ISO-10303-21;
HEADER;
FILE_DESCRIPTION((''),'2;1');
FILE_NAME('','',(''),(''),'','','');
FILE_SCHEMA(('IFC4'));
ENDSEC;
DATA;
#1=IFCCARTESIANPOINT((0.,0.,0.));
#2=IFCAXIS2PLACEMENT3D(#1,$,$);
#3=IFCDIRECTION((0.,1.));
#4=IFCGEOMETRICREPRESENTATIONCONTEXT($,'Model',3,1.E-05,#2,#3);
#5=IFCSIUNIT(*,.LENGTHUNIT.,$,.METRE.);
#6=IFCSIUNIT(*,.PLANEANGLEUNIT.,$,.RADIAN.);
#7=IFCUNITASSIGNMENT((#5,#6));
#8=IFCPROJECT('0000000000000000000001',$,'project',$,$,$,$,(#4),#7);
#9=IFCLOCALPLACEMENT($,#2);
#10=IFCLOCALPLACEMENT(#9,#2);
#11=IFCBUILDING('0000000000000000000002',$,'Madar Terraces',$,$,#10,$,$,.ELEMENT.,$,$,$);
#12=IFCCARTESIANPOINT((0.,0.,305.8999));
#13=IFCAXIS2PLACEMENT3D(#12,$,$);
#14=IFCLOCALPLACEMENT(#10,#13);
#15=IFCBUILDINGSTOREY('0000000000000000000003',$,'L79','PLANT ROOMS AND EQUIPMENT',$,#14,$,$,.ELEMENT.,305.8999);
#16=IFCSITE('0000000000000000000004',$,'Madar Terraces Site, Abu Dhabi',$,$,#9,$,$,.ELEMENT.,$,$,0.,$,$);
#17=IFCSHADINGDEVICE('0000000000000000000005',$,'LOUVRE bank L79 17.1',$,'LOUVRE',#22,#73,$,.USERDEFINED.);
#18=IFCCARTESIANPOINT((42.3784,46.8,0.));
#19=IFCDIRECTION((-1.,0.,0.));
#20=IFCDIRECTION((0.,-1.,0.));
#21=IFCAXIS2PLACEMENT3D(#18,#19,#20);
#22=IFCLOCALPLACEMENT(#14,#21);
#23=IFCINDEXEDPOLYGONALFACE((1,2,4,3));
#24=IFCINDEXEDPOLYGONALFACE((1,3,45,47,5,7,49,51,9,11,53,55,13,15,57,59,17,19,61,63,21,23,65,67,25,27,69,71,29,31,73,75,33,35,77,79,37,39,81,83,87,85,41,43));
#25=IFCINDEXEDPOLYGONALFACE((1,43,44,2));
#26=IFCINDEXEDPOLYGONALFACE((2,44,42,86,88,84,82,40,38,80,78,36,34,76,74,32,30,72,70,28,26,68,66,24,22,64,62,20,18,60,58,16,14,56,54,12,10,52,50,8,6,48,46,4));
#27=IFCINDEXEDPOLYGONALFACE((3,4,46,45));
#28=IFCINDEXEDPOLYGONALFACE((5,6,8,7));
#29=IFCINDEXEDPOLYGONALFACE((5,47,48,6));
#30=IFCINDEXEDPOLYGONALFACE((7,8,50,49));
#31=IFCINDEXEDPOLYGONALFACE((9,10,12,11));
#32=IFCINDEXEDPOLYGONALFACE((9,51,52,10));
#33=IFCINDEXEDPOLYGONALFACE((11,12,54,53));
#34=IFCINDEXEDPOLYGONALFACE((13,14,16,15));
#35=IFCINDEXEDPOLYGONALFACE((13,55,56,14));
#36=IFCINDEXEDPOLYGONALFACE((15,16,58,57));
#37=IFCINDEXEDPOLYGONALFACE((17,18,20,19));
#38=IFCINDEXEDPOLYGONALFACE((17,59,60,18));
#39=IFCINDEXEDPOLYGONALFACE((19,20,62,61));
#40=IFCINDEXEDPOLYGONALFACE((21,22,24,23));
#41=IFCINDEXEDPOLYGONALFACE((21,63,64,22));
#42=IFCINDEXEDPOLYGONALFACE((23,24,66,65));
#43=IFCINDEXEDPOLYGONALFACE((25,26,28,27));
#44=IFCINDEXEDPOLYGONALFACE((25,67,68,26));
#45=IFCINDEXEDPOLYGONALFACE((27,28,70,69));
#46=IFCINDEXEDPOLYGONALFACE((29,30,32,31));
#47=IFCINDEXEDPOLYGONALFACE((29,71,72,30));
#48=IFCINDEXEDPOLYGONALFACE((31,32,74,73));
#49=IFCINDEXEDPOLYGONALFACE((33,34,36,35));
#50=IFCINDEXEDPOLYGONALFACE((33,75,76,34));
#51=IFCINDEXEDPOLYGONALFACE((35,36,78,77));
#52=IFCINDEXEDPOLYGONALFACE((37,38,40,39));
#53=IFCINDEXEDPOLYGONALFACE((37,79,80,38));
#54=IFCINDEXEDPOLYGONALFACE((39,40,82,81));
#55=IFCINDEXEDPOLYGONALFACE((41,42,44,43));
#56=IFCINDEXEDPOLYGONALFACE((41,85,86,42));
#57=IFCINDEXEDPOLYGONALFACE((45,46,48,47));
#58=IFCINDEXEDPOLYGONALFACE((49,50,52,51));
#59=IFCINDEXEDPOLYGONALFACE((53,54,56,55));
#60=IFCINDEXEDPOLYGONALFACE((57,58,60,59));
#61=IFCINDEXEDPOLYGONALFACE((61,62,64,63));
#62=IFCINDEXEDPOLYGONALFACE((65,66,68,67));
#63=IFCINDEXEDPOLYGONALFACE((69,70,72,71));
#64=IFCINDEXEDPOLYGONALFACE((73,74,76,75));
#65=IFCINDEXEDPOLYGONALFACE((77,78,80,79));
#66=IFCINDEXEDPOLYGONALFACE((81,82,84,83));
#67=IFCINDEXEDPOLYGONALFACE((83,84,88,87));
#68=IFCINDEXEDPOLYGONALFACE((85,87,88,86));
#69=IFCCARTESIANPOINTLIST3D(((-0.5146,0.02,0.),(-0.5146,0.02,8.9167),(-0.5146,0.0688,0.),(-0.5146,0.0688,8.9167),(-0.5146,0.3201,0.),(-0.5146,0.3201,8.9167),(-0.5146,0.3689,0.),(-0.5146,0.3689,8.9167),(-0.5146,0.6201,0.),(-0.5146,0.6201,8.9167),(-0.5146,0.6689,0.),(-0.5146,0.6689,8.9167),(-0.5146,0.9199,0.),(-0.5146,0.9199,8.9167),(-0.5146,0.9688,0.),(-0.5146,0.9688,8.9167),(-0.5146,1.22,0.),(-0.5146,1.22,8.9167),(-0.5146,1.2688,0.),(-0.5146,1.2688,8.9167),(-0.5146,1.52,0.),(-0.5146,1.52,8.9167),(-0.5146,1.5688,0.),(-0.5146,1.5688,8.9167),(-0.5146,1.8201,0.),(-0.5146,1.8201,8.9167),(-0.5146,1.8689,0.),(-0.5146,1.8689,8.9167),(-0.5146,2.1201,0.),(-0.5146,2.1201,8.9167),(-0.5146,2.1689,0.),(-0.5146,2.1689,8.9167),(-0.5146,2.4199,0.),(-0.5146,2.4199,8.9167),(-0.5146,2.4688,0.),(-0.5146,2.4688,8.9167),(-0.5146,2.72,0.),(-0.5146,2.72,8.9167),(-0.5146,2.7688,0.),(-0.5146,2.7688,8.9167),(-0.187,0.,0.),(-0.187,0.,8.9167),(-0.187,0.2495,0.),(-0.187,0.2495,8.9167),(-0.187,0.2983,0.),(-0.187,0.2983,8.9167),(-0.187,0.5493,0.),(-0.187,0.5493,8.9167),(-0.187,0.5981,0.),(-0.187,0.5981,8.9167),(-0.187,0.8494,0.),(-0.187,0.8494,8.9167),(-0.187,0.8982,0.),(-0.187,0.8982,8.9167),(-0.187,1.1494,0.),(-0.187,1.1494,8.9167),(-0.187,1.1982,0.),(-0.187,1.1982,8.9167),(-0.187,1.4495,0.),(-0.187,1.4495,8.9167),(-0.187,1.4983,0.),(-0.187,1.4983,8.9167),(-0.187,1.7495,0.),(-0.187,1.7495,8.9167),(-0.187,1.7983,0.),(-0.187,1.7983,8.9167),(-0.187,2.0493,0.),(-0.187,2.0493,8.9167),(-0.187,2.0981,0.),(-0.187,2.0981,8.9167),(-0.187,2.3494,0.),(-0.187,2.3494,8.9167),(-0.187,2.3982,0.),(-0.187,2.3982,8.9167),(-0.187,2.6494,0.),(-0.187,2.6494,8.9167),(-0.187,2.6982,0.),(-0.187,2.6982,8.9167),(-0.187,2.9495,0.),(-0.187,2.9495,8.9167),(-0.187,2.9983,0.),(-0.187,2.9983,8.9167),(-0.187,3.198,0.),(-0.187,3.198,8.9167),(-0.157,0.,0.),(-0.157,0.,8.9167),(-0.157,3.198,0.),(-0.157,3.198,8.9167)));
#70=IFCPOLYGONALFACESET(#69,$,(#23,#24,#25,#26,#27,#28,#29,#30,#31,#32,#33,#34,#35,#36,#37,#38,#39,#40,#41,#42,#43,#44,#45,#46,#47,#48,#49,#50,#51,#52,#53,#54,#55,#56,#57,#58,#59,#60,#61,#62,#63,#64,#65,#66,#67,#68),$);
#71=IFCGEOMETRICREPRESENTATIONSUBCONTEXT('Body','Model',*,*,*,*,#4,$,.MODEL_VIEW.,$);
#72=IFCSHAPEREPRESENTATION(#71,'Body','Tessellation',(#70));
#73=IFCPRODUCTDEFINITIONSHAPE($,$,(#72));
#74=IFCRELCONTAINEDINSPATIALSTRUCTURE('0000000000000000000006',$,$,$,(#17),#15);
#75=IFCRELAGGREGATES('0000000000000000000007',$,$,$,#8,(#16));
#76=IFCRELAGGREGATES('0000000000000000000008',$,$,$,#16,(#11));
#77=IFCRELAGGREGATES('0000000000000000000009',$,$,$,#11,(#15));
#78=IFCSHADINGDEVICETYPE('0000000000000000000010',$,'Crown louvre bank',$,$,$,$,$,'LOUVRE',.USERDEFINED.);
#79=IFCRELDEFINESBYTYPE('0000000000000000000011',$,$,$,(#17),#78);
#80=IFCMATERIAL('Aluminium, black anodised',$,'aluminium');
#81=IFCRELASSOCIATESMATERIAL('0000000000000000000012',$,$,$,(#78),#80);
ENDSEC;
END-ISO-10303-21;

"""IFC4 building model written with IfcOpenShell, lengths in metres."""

from ifc_helpers import new_model, si_unit, direction, frame, origin, place, context, subcontext, project, spatial, polyline, outline, extrude, material, type_object, element, save


model = new_model("IFC4")

# Units and contexts
model_context = context("Model", 3, precision=1e-05, world=origin(), true_north=direction((0.0, 1.0)))
body_context = subcontext(model_context, "Body", "Model", "MODEL_VIEW")
ifc_project = project(units=[si_unit("LENGTHUNIT", "METRE"), si_unit("PLANEANGLEUNIT", "RADIAN")], contexts=[model_context])

# Site, building, storey
site_placement = place(None, origin())
site = spatial("IfcSite", under=ifc_project, at=site_placement, Name="Madar Terraces Site, Abu Dhabi", CompositionType="ELEMENT", RefElevation=0.0)
building_placement = place(site_placement, origin())
building = spatial("IfcBuilding", under=site, at=building_placement, Name="Madar Terraces", CompositionType="ELEMENT")
storey_placement = place(building_placement, frame((0.0, 0.0, 305.8999)))
storey = spatial("IfcBuildingStorey", under=building, at=storey_placement, Name="L79", Description="PLANT ROOMS AND EQUIPMENT", CompositionType="ELEMENT", Elevation=305.8999)

# Shading device
ifc_material_1 = material(Name="Aluminium, black anodised", Category="aluminium")
shading_device_type = type_object("IfcShadingDeviceType", Name="Crown louvre bank", ElementType="LOUVRE", PredefinedType="USERDEFINED", material=ifc_material_1)
shading_device_1_placement = place(storey_placement, frame((42.3784, 46.8, 0.0), z_axis=(-1.0, 0.0, 0.0), x_axis=(0.0, -1.0, 0.0)))
element("IfcShadingDevice", 1, at=shading_device_1_placement, inside=storey, type_object=shading_device_type, Name="LOUVRE bank L79 17.1", ObjectType="LOUVRE", PredefinedType="USERDEFINED", context=body_context, shape_type="SweptSolid", body=[
    extrude(outline(polyline([(-0.157, 0.0), (-0.187, 0.0), (-0.187, 0.2495), (-0.5146, 0.02), (-0.5146, 0.0688), (-0.187, 0.2983), (-0.187, 0.5493), (-0.5146, 0.3201), (-0.5146, 0.3689), (-0.187, 0.5981), (-0.187, 0.8494), (-0.5146, 0.6201), (-0.5146, 0.6689), (-0.187, 0.8982), (-0.187, 1.1494), (-0.5146, 0.9199), (-0.5146, 0.9688), (-0.187, 1.1982), (-0.187, 1.4495), (-0.5146, 1.22), (-0.5146, 1.2688), (-0.187, 1.4983), (-0.187, 1.7495), (-0.5146, 1.52), (-0.5146, 1.5688), (-0.187, 1.7983), (-0.187, 2.0493), (-0.5146, 1.8201), (-0.5146, 1.8689), (-0.187, 2.0981), (-0.187, 2.3494), (-0.5146, 2.1201), (-0.5146, 2.1689), (-0.187, 2.3982), (-0.187, 2.6494), (-0.5146, 2.4199), (-0.5146, 2.4688), (-0.187, 2.6982), (-0.187, 2.9495), (-0.5146, 2.72), (-0.5146, 2.7688), (-0.187, 2.9983), (-0.187, 3.198), (-0.157, 3.198), (-0.157, 0.0)])), origin(), (0.0, 0.0, 1.0), 8.9167),
])

save(model, "model.ifc")
